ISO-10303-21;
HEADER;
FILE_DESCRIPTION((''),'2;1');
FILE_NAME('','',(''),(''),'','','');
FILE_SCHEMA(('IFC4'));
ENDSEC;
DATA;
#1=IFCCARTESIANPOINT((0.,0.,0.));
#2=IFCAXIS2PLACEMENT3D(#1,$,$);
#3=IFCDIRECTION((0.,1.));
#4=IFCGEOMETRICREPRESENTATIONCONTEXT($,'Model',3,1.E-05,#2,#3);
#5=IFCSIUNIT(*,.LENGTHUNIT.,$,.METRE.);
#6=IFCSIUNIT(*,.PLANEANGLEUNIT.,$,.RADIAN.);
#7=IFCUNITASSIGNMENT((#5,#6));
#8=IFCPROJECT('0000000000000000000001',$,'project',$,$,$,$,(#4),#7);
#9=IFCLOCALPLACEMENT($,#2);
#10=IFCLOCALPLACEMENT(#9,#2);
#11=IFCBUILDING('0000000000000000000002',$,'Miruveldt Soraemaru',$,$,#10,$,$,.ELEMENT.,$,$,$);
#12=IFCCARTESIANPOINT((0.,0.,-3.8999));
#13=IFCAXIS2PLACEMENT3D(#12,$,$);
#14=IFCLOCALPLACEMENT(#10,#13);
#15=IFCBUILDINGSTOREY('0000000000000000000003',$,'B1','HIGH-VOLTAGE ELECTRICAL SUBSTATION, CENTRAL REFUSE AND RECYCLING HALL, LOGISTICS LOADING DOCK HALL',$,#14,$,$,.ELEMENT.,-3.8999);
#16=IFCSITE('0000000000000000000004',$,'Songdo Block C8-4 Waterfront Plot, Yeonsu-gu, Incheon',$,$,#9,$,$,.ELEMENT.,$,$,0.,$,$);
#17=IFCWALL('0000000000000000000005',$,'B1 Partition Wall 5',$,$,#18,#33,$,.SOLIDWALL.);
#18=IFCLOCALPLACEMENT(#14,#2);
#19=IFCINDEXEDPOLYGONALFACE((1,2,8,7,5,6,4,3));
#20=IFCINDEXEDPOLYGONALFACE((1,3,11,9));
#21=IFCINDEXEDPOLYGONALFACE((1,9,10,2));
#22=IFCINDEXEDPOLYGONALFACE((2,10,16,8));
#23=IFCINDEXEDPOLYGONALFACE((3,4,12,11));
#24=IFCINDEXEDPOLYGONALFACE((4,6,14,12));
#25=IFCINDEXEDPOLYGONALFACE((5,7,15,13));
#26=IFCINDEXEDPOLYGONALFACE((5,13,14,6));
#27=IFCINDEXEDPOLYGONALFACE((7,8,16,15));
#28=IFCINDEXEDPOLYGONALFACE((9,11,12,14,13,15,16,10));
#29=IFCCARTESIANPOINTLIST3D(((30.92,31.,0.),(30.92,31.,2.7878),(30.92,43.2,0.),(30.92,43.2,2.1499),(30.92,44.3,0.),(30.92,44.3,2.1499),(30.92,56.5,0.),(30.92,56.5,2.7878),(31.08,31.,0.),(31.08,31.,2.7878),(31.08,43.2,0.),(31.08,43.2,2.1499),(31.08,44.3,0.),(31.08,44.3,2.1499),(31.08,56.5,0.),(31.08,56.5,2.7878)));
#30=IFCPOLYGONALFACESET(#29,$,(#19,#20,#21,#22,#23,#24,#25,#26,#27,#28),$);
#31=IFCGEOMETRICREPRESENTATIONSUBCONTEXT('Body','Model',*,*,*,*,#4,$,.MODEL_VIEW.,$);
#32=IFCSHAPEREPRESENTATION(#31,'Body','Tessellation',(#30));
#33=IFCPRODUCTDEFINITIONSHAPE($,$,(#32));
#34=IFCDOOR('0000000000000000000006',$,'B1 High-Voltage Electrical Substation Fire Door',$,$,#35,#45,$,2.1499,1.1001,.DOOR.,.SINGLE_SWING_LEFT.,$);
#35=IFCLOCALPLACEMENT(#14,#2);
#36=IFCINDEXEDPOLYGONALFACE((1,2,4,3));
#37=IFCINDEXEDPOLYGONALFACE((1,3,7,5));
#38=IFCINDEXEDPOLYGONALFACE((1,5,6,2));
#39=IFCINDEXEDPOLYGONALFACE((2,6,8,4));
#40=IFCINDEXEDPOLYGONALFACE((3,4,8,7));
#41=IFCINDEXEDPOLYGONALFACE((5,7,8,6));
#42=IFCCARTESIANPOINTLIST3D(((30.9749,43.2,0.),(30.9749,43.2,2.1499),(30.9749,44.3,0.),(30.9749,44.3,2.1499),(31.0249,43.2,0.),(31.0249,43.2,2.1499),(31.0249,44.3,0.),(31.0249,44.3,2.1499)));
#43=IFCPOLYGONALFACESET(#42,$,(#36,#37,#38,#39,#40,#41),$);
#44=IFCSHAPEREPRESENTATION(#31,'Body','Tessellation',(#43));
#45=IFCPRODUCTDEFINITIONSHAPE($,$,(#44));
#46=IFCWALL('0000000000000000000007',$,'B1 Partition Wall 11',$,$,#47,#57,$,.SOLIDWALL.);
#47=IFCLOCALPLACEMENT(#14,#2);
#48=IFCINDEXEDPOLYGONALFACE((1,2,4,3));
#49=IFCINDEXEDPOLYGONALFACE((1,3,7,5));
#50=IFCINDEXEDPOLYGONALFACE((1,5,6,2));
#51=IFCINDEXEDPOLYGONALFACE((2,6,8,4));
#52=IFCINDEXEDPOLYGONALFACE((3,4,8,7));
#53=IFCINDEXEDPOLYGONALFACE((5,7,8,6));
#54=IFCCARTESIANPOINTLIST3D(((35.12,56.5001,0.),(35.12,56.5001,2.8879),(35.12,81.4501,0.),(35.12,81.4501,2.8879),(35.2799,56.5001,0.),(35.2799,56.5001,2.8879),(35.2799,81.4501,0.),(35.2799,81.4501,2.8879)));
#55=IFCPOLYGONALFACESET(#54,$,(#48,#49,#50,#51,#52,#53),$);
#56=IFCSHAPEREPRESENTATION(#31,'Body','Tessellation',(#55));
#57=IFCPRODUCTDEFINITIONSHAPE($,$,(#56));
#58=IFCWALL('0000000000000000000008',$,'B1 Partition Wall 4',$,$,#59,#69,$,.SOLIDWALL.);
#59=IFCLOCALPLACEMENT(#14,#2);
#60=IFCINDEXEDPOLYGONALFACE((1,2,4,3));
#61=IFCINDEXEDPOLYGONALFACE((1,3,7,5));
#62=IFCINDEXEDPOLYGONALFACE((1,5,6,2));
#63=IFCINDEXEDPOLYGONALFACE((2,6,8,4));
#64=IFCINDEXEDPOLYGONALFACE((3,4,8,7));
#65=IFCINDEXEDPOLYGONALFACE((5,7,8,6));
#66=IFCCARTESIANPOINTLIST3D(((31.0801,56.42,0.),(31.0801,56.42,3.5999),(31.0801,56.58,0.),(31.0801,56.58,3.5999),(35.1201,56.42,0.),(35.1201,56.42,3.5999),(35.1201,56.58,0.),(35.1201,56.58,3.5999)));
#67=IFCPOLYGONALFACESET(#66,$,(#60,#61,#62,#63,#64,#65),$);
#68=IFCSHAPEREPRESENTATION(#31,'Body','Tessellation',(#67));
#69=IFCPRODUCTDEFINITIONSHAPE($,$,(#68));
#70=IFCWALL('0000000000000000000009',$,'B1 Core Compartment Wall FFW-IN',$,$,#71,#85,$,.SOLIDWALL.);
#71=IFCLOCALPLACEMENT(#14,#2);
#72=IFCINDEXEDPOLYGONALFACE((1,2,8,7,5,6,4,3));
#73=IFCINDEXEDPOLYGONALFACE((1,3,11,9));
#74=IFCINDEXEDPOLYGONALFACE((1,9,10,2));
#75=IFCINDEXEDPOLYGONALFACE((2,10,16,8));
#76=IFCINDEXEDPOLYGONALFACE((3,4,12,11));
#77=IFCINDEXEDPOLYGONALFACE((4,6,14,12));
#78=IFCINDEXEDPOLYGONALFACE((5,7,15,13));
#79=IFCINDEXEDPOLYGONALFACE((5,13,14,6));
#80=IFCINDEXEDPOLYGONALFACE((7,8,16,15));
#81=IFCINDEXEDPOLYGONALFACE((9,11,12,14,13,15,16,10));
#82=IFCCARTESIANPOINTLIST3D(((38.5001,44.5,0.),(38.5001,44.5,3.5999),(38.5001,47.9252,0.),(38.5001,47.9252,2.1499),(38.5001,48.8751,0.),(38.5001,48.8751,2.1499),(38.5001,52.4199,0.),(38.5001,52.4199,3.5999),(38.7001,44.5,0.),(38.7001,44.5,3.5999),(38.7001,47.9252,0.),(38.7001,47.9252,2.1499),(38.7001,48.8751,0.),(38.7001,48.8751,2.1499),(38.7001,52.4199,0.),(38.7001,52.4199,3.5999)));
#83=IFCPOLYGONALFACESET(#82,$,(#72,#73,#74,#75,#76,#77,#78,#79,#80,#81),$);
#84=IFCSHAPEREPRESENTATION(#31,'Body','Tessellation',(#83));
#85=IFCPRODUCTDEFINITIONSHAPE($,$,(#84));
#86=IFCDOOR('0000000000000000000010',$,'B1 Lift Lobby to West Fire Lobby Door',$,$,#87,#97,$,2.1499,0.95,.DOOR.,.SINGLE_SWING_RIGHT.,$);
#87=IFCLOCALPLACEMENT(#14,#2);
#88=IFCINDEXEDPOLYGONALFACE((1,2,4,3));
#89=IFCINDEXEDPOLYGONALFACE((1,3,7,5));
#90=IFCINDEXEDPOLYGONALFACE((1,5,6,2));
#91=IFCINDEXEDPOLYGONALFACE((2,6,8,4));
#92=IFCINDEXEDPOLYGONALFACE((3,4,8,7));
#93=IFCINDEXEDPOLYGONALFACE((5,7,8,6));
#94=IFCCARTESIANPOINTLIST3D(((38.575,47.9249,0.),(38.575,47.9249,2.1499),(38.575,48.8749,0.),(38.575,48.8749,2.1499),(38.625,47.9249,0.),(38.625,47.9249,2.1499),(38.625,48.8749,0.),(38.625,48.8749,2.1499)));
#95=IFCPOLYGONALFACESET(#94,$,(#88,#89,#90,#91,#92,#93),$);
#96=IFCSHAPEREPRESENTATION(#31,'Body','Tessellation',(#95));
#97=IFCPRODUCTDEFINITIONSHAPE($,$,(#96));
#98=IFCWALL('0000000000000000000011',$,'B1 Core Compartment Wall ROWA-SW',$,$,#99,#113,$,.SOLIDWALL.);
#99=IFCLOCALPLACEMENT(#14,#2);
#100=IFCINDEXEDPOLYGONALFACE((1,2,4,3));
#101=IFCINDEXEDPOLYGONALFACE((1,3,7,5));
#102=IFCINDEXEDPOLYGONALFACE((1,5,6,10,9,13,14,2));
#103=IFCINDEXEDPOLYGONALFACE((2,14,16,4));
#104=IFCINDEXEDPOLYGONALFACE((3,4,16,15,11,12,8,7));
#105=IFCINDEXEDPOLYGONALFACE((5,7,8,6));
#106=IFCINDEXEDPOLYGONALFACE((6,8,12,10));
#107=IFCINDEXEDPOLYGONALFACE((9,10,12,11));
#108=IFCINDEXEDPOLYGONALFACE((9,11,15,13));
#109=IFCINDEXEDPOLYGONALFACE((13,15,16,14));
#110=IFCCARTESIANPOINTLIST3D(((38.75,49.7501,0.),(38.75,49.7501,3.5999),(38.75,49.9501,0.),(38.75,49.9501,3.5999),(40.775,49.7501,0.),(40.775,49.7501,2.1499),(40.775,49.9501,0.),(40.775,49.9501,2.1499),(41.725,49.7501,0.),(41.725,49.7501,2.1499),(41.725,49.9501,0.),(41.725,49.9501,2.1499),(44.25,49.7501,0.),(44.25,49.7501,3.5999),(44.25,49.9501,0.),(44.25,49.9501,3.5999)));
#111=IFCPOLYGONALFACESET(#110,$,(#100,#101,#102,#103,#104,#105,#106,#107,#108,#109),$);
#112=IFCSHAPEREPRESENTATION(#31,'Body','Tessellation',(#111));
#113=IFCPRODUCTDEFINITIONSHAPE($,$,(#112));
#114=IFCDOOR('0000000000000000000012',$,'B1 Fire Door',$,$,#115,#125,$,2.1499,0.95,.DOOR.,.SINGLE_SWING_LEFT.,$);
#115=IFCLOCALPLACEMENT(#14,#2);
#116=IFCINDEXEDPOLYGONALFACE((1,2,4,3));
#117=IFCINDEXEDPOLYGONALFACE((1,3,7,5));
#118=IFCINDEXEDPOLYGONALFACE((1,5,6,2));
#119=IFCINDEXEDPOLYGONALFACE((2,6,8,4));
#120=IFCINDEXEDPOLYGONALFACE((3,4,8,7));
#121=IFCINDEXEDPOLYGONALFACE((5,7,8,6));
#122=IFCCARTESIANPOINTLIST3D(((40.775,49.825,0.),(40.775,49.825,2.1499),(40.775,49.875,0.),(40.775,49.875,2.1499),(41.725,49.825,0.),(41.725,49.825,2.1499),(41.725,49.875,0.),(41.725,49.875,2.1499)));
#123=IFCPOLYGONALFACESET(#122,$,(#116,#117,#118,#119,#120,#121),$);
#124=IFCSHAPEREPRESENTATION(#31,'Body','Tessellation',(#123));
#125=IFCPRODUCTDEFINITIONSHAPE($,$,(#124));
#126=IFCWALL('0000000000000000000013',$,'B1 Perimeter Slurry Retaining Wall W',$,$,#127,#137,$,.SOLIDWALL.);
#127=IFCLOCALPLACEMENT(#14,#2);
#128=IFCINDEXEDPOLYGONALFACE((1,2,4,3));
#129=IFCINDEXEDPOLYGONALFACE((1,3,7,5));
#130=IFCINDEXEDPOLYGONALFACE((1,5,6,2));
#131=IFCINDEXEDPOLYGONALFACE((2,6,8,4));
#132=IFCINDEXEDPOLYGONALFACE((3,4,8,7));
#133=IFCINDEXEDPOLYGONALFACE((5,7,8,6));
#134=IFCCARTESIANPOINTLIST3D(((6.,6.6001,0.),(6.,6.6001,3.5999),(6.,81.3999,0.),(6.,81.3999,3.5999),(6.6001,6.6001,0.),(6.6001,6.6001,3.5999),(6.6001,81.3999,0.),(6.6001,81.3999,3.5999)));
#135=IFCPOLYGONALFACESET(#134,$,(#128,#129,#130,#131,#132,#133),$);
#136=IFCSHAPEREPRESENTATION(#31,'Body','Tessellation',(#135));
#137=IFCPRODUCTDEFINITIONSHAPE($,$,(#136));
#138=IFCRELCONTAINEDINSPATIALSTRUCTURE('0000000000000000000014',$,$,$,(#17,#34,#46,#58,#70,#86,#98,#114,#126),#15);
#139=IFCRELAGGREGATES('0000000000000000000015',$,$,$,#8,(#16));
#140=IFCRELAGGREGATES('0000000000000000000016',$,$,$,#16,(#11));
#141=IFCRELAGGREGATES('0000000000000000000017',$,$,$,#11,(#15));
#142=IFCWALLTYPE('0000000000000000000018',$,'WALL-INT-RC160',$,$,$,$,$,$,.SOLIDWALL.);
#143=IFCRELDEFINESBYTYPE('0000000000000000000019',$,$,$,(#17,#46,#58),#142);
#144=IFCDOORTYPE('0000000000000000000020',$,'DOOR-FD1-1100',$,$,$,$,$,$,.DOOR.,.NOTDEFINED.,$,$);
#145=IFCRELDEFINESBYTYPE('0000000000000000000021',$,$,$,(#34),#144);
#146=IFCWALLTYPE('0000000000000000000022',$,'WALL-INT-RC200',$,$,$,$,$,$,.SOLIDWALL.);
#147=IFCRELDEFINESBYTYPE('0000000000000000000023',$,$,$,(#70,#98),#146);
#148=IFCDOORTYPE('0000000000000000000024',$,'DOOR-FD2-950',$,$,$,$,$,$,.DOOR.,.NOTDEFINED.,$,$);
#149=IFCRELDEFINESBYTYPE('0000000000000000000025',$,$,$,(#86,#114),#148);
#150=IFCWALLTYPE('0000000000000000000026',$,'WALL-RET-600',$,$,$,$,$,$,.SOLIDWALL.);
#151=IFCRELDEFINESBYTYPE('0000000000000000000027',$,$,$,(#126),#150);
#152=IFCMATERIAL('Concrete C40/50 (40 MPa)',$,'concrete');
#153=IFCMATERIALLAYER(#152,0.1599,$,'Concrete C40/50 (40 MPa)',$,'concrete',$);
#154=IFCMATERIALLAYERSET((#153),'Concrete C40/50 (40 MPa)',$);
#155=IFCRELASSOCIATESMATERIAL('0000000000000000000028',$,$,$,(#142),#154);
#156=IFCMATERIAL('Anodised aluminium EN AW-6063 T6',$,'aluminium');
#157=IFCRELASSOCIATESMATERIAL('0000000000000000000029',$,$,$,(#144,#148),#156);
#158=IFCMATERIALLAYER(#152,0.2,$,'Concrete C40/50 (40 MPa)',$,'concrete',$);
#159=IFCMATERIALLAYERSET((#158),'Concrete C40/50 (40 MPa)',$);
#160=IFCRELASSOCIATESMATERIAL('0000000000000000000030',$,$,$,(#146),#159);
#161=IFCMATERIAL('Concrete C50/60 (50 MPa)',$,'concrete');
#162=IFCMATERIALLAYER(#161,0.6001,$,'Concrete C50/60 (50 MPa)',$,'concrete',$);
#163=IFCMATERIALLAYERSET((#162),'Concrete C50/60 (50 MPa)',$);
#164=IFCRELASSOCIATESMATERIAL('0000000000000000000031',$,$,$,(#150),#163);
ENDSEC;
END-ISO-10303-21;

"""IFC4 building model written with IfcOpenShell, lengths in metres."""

from ifc_helpers import new_model, si_unit, direction, frame, frame_2d, origin, place, context, subcontext, project, spatial, rectangle, extrude, material, layer, layer_set, type_object, element, fill, save


model = new_model("IFC4")

# Units and contexts
model_context = context("Model", 3, precision=1e-05, world=origin(), true_north=direction((0.0, 1.0)))
body_context = subcontext(model_context, "Body", "Model", "MODEL_VIEW")
ifc_project = project(units=[si_unit("LENGTHUNIT", "METRE"), si_unit("PLANEANGLEUNIT", "RADIAN")], contexts=[model_context])

# Site, building, storey
site_placement = place(None, origin())
site = spatial("IfcSite", under=ifc_project, at=site_placement, Name="Songdo Block C8-4 Waterfront Plot, Yeonsu-gu, Incheon", CompositionType="ELEMENT", RefElevation=0.0)
building_placement = place(site_placement, origin())
building = spatial("IfcBuilding", under=site, at=building_placement, Name="Miruveldt Soraemaru", CompositionType="ELEMENT")
storey_placement = place(building_placement, frame((0.0, 0.0, -3.8999)))
storey = spatial("IfcBuildingStorey", under=building, at=storey_placement, Name="B1", Description="HIGH-VOLTAGE ELECTRICAL SUBSTATION, CENTRAL REFUSE AND RECYCLING HALL, LOGISTICS LOADING DOCK HALL", CompositionType="ELEMENT", Elevation=-3.8999)

# Shared definitions
ifc_material_1 = material(Name="Concrete C50/60 (50 MPa)", Category="concrete")
ifc_material_2 = material(Name="Anodised aluminium EN AW-6063 T6", Category="aluminium")

# Wall, opening, door
ifc_material_3 = material(Name="Concrete C40/50 (40 MPa)", Category="concrete")
ifc_layer_1 = layer(ifc_material_3, 0.1599, Name="Concrete C40/50 (40 MPa)", Category="concrete")
ifc_layer_set_1 = layer_set([ifc_layer_1], Name="Concrete C40/50 (40 MPa)")
wall_type_1 = type_object("IfcWallType", Name="WALL-INT-RC160", PredefinedType="SOLIDWALL", material=ifc_layer_set_1)
wall_1_placement = place(storey_placement, frame((31.0, 56.5, 0.0), z_axis=(0.0, 0.0, 1.0), x_axis=(0.0, -1.0, 0.0)))
wall_1 = element("IfcWall", 1, at=wall_1_placement, inside=storey, type_object=wall_type_1, Name="B1 Partition Wall 5", PredefinedType="SOLIDWALL", context=body_context, shape_type="SweptSolid", body=[
    extrude(rectangle(XDim=25.5, YDim=0.1599, at=frame_2d((12.75, 0.0))), origin(), (0.0, 0.0, 1.0), 2.7878),
])
opening_1_placement = place(wall_1_placement, frame((12.2, 0.0, 0.0)))
opening_1 = element("IfcOpeningElement", 2, at=opening_1_placement, cuts=wall_1, PredefinedType="OPENING", context=body_context, shape_type="SweptSolid", body=[
    extrude(rectangle(XDim=1.1001, YDim=2.1499, at=frame_2d((0.55, 1.075))), frame((0.0, 0.0898, 0.0), z_axis=(0.0, -1.0, 0.0), x_axis=(1.0, 0.0, 0.0)), (0.0, 0.0, 1.0), 0.1799),
])
door_type_1 = type_object("IfcDoorType", Name="DOOR-FD1-1100", OperationType="NOTDEFINED", PredefinedType="DOOR", material=ifc_material_2)
door_1_placement = place(opening_1_placement, origin())
door_1 = element("IfcDoor", 3, at=door_1_placement, inside=storey, type_object=door_type_1, Name="B1 High-Voltage Electrical Substation Fire Door", OperationType="SINGLE_SWING_LEFT", OverallHeight=2.1499, OverallWidth=1.1001, PredefinedType="DOOR", context=body_context, shape_type="SweptSolid", body=[
    extrude(rectangle(XDim=1.1001, YDim=2.1499, at=frame_2d((0.55, 1.075))), frame((0.0, 0.0249, 0.0), z_axis=(0.0, -1.0, 0.0), x_axis=(1.0, 0.0, 0.0)), (0.0, 0.0, 1.0), 0.05),
])
fill(opening_1, door_1)

# Walls
wall_2_placement = place(storey_placement, frame((35.2, 56.5, 0.0), z_axis=(0.0, 0.0, 1.0), x_axis=(0.0, 1.0, 0.0)))
element("IfcWall", 4, at=wall_2_placement, inside=storey, type_object=wall_type_1, Name="B1 Partition Wall 11", PredefinedType="SOLIDWALL", context=body_context, shape_type="SweptSolid", body=[
    extrude(rectangle(XDim=24.95, YDim=0.1599, at=frame_2d((12.4751, 0.0))), origin(), (0.0, 0.0, 1.0), 2.8879),
])
wall_3_placement = place(storey_placement, frame((35.1201, 56.5, 0.0), z_axis=(0.0, 0.0, 1.0), x_axis=(-1.0, 0.0, 0.0)))
element("IfcWall", 5, at=wall_3_placement, inside=storey, type_object=wall_type_1, Name="B1 Partition Wall 4", PredefinedType="SOLIDWALL", context=body_context, shape_type="SweptSolid", body=[
    extrude(rectangle(XDim=4.04, YDim=0.1599, at=frame_2d((2.02, 0.0))), origin(), (0.0, 0.0, 1.0), 3.5999),
])

# Walls, openings, doors
ifc_layer_2 = layer(ifc_material_3, 0.2, Name="Concrete C40/50 (40 MPa)", Category="concrete")
ifc_layer_set_2 = layer_set([ifc_layer_2], Name="Concrete C40/50 (40 MPa)")
wall_type_2 = type_object("IfcWallType", Name="WALL-INT-RC200", PredefinedType="SOLIDWALL", material=ifc_layer_set_2)
wall_4_placement = place(storey_placement, frame((38.6001, 44.5, 0.0), z_axis=(0.0, 0.0, 1.0), x_axis=(0.0, 1.0, 0.0)))
wall_4 = element("IfcWall", 6, at=wall_4_placement, inside=storey, type_object=wall_type_2, Name="B1 Core Compartment Wall FFW-IN", PredefinedType="SOLIDWALL", context=body_context, shape_type="SweptSolid", body=[
    extrude(rectangle(XDim=7.9199, YDim=0.2, at=frame_2d((3.96, 0.0))), origin(), (0.0, 0.0, 1.0), 3.5999),
])
opening_2_placement = place(wall_4_placement, frame((3.425, 0.0, 0.0)))
opening_2 = element("IfcOpeningElement", 7, at=opening_2_placement, cuts=wall_4, PredefinedType="OPENING", context=body_context, shape_type="SweptSolid", body=[
    extrude(rectangle(XDim=0.95, YDim=2.1499, at=frame_2d((0.4751, 1.075))), frame((0.0, 0.1099, 0.0), z_axis=(0.0, -1.0, 0.0), x_axis=(1.0, 0.0, 0.0)), (0.0, 0.0, 1.0), 0.22),
])
door_type_2 = type_object("IfcDoorType", Name="DOOR-FD2-950", OperationType="NOTDEFINED", PredefinedType="DOOR", material=ifc_material_2)
door_2_placement = place(opening_2_placement, frame((0.95, 0.0, 0.0), z_axis=(0.0, 0.0, 1.0), x_axis=(-1.0, 0.0, 0.0)))
door_2 = element("IfcDoor", 8, at=door_2_placement, inside=storey, type_object=door_type_2, Name="B1 Lift Lobby to West Fire Lobby Door", OperationType="SINGLE_SWING_RIGHT", OverallHeight=2.1499, OverallWidth=0.95, PredefinedType="DOOR", context=body_context, shape_type="SweptSolid", body=[
    extrude(rectangle(XDim=0.95, YDim=2.1499, at=frame_2d((0.4751, 1.075))), frame((0.0, 0.0249, 0.0), z_axis=(0.0, -1.0, 0.0), x_axis=(1.0, 0.0, 0.0)), (0.0, 0.0, 1.0), 0.05),
])
fill(opening_2, door_2)
wall_5_placement = place(storey_placement, frame((38.75, 49.8501, 0.0), z_axis=(0.0, 0.0, 1.0), x_axis=(1.0, 0.0, 0.0)))
wall_5 = element("IfcWall", 9, at=wall_5_placement, inside=storey, type_object=wall_type_2, Name="B1 Core Compartment Wall ROWA-SW", PredefinedType="SOLIDWALL", context=body_context, shape_type="SweptSolid", body=[
    extrude(rectangle(XDim=5.5, YDim=0.2, at=frame_2d((2.75, 0.0))), origin(), (0.0, 0.0, 1.0), 3.5999),
])
opening_3_placement = place(wall_5_placement, frame((2.0249, 0.0, 0.0)))
opening_3 = element("IfcOpeningElement", 10, at=opening_3_placement, cuts=wall_5, PredefinedType="OPENING", context=body_context, shape_type="SweptSolid", body=[
    extrude(rectangle(XDim=0.95, YDim=2.1499, at=frame_2d((0.4751, 1.075))), frame((0.0, 0.1099, 0.0), z_axis=(0.0, -1.0, 0.0), x_axis=(1.0, 0.0, 0.0)), (0.0, 0.0, 1.0), 0.22),
])
door_3_placement = place(opening_3_placement, origin())
door_3 = element("IfcDoor", 11, at=door_3_placement, inside=storey, type_object=door_type_2, Name="B1 Fire Door", OperationType="SINGLE_SWING_LEFT", OverallHeight=2.1499, OverallWidth=0.95, PredefinedType="DOOR", context=body_context, shape_type="SweptSolid", body=[
    extrude(rectangle(XDim=0.95, YDim=2.1499, at=frame_2d((0.4751, 1.075))), frame((0.0, 0.0249, 0.0), z_axis=(0.0, -1.0, 0.0), x_axis=(1.0, 0.0, 0.0)), (0.0, 0.0, 1.0), 0.05),
])
fill(opening_3, door_3)

# Wall
ifc_layer_3 = layer(ifc_material_1, 0.6001, Name="Concrete C50/60 (50 MPa)", Category="concrete")
ifc_layer_set_3 = layer_set([ifc_layer_3], Name="Concrete C50/60 (50 MPa)")
wall_type_3 = type_object("IfcWallType", Name="WALL-RET-600", PredefinedType="SOLIDWALL", material=ifc_layer_set_3)
wall_6_placement = place(storey_placement, frame((6.3, 81.3999, 0.0), z_axis=(0.0, 0.0, 1.0), x_axis=(0.0, -1.0, 0.0)))
element("IfcWall", 12, at=wall_6_placement, inside=storey, type_object=wall_type_3, Name="B1 Perimeter Slurry Retaining Wall W", PredefinedType="SOLIDWALL", context=body_context, shape_type="SweptSolid", body=[
    extrude(rectangle(XDim=74.7998, YDim=0.6001, at=frame_2d((37.3999, 0.0))), origin(), (0.0, 0.0, 1.0), 3.5999),
])

save(model, "model.ifc")
